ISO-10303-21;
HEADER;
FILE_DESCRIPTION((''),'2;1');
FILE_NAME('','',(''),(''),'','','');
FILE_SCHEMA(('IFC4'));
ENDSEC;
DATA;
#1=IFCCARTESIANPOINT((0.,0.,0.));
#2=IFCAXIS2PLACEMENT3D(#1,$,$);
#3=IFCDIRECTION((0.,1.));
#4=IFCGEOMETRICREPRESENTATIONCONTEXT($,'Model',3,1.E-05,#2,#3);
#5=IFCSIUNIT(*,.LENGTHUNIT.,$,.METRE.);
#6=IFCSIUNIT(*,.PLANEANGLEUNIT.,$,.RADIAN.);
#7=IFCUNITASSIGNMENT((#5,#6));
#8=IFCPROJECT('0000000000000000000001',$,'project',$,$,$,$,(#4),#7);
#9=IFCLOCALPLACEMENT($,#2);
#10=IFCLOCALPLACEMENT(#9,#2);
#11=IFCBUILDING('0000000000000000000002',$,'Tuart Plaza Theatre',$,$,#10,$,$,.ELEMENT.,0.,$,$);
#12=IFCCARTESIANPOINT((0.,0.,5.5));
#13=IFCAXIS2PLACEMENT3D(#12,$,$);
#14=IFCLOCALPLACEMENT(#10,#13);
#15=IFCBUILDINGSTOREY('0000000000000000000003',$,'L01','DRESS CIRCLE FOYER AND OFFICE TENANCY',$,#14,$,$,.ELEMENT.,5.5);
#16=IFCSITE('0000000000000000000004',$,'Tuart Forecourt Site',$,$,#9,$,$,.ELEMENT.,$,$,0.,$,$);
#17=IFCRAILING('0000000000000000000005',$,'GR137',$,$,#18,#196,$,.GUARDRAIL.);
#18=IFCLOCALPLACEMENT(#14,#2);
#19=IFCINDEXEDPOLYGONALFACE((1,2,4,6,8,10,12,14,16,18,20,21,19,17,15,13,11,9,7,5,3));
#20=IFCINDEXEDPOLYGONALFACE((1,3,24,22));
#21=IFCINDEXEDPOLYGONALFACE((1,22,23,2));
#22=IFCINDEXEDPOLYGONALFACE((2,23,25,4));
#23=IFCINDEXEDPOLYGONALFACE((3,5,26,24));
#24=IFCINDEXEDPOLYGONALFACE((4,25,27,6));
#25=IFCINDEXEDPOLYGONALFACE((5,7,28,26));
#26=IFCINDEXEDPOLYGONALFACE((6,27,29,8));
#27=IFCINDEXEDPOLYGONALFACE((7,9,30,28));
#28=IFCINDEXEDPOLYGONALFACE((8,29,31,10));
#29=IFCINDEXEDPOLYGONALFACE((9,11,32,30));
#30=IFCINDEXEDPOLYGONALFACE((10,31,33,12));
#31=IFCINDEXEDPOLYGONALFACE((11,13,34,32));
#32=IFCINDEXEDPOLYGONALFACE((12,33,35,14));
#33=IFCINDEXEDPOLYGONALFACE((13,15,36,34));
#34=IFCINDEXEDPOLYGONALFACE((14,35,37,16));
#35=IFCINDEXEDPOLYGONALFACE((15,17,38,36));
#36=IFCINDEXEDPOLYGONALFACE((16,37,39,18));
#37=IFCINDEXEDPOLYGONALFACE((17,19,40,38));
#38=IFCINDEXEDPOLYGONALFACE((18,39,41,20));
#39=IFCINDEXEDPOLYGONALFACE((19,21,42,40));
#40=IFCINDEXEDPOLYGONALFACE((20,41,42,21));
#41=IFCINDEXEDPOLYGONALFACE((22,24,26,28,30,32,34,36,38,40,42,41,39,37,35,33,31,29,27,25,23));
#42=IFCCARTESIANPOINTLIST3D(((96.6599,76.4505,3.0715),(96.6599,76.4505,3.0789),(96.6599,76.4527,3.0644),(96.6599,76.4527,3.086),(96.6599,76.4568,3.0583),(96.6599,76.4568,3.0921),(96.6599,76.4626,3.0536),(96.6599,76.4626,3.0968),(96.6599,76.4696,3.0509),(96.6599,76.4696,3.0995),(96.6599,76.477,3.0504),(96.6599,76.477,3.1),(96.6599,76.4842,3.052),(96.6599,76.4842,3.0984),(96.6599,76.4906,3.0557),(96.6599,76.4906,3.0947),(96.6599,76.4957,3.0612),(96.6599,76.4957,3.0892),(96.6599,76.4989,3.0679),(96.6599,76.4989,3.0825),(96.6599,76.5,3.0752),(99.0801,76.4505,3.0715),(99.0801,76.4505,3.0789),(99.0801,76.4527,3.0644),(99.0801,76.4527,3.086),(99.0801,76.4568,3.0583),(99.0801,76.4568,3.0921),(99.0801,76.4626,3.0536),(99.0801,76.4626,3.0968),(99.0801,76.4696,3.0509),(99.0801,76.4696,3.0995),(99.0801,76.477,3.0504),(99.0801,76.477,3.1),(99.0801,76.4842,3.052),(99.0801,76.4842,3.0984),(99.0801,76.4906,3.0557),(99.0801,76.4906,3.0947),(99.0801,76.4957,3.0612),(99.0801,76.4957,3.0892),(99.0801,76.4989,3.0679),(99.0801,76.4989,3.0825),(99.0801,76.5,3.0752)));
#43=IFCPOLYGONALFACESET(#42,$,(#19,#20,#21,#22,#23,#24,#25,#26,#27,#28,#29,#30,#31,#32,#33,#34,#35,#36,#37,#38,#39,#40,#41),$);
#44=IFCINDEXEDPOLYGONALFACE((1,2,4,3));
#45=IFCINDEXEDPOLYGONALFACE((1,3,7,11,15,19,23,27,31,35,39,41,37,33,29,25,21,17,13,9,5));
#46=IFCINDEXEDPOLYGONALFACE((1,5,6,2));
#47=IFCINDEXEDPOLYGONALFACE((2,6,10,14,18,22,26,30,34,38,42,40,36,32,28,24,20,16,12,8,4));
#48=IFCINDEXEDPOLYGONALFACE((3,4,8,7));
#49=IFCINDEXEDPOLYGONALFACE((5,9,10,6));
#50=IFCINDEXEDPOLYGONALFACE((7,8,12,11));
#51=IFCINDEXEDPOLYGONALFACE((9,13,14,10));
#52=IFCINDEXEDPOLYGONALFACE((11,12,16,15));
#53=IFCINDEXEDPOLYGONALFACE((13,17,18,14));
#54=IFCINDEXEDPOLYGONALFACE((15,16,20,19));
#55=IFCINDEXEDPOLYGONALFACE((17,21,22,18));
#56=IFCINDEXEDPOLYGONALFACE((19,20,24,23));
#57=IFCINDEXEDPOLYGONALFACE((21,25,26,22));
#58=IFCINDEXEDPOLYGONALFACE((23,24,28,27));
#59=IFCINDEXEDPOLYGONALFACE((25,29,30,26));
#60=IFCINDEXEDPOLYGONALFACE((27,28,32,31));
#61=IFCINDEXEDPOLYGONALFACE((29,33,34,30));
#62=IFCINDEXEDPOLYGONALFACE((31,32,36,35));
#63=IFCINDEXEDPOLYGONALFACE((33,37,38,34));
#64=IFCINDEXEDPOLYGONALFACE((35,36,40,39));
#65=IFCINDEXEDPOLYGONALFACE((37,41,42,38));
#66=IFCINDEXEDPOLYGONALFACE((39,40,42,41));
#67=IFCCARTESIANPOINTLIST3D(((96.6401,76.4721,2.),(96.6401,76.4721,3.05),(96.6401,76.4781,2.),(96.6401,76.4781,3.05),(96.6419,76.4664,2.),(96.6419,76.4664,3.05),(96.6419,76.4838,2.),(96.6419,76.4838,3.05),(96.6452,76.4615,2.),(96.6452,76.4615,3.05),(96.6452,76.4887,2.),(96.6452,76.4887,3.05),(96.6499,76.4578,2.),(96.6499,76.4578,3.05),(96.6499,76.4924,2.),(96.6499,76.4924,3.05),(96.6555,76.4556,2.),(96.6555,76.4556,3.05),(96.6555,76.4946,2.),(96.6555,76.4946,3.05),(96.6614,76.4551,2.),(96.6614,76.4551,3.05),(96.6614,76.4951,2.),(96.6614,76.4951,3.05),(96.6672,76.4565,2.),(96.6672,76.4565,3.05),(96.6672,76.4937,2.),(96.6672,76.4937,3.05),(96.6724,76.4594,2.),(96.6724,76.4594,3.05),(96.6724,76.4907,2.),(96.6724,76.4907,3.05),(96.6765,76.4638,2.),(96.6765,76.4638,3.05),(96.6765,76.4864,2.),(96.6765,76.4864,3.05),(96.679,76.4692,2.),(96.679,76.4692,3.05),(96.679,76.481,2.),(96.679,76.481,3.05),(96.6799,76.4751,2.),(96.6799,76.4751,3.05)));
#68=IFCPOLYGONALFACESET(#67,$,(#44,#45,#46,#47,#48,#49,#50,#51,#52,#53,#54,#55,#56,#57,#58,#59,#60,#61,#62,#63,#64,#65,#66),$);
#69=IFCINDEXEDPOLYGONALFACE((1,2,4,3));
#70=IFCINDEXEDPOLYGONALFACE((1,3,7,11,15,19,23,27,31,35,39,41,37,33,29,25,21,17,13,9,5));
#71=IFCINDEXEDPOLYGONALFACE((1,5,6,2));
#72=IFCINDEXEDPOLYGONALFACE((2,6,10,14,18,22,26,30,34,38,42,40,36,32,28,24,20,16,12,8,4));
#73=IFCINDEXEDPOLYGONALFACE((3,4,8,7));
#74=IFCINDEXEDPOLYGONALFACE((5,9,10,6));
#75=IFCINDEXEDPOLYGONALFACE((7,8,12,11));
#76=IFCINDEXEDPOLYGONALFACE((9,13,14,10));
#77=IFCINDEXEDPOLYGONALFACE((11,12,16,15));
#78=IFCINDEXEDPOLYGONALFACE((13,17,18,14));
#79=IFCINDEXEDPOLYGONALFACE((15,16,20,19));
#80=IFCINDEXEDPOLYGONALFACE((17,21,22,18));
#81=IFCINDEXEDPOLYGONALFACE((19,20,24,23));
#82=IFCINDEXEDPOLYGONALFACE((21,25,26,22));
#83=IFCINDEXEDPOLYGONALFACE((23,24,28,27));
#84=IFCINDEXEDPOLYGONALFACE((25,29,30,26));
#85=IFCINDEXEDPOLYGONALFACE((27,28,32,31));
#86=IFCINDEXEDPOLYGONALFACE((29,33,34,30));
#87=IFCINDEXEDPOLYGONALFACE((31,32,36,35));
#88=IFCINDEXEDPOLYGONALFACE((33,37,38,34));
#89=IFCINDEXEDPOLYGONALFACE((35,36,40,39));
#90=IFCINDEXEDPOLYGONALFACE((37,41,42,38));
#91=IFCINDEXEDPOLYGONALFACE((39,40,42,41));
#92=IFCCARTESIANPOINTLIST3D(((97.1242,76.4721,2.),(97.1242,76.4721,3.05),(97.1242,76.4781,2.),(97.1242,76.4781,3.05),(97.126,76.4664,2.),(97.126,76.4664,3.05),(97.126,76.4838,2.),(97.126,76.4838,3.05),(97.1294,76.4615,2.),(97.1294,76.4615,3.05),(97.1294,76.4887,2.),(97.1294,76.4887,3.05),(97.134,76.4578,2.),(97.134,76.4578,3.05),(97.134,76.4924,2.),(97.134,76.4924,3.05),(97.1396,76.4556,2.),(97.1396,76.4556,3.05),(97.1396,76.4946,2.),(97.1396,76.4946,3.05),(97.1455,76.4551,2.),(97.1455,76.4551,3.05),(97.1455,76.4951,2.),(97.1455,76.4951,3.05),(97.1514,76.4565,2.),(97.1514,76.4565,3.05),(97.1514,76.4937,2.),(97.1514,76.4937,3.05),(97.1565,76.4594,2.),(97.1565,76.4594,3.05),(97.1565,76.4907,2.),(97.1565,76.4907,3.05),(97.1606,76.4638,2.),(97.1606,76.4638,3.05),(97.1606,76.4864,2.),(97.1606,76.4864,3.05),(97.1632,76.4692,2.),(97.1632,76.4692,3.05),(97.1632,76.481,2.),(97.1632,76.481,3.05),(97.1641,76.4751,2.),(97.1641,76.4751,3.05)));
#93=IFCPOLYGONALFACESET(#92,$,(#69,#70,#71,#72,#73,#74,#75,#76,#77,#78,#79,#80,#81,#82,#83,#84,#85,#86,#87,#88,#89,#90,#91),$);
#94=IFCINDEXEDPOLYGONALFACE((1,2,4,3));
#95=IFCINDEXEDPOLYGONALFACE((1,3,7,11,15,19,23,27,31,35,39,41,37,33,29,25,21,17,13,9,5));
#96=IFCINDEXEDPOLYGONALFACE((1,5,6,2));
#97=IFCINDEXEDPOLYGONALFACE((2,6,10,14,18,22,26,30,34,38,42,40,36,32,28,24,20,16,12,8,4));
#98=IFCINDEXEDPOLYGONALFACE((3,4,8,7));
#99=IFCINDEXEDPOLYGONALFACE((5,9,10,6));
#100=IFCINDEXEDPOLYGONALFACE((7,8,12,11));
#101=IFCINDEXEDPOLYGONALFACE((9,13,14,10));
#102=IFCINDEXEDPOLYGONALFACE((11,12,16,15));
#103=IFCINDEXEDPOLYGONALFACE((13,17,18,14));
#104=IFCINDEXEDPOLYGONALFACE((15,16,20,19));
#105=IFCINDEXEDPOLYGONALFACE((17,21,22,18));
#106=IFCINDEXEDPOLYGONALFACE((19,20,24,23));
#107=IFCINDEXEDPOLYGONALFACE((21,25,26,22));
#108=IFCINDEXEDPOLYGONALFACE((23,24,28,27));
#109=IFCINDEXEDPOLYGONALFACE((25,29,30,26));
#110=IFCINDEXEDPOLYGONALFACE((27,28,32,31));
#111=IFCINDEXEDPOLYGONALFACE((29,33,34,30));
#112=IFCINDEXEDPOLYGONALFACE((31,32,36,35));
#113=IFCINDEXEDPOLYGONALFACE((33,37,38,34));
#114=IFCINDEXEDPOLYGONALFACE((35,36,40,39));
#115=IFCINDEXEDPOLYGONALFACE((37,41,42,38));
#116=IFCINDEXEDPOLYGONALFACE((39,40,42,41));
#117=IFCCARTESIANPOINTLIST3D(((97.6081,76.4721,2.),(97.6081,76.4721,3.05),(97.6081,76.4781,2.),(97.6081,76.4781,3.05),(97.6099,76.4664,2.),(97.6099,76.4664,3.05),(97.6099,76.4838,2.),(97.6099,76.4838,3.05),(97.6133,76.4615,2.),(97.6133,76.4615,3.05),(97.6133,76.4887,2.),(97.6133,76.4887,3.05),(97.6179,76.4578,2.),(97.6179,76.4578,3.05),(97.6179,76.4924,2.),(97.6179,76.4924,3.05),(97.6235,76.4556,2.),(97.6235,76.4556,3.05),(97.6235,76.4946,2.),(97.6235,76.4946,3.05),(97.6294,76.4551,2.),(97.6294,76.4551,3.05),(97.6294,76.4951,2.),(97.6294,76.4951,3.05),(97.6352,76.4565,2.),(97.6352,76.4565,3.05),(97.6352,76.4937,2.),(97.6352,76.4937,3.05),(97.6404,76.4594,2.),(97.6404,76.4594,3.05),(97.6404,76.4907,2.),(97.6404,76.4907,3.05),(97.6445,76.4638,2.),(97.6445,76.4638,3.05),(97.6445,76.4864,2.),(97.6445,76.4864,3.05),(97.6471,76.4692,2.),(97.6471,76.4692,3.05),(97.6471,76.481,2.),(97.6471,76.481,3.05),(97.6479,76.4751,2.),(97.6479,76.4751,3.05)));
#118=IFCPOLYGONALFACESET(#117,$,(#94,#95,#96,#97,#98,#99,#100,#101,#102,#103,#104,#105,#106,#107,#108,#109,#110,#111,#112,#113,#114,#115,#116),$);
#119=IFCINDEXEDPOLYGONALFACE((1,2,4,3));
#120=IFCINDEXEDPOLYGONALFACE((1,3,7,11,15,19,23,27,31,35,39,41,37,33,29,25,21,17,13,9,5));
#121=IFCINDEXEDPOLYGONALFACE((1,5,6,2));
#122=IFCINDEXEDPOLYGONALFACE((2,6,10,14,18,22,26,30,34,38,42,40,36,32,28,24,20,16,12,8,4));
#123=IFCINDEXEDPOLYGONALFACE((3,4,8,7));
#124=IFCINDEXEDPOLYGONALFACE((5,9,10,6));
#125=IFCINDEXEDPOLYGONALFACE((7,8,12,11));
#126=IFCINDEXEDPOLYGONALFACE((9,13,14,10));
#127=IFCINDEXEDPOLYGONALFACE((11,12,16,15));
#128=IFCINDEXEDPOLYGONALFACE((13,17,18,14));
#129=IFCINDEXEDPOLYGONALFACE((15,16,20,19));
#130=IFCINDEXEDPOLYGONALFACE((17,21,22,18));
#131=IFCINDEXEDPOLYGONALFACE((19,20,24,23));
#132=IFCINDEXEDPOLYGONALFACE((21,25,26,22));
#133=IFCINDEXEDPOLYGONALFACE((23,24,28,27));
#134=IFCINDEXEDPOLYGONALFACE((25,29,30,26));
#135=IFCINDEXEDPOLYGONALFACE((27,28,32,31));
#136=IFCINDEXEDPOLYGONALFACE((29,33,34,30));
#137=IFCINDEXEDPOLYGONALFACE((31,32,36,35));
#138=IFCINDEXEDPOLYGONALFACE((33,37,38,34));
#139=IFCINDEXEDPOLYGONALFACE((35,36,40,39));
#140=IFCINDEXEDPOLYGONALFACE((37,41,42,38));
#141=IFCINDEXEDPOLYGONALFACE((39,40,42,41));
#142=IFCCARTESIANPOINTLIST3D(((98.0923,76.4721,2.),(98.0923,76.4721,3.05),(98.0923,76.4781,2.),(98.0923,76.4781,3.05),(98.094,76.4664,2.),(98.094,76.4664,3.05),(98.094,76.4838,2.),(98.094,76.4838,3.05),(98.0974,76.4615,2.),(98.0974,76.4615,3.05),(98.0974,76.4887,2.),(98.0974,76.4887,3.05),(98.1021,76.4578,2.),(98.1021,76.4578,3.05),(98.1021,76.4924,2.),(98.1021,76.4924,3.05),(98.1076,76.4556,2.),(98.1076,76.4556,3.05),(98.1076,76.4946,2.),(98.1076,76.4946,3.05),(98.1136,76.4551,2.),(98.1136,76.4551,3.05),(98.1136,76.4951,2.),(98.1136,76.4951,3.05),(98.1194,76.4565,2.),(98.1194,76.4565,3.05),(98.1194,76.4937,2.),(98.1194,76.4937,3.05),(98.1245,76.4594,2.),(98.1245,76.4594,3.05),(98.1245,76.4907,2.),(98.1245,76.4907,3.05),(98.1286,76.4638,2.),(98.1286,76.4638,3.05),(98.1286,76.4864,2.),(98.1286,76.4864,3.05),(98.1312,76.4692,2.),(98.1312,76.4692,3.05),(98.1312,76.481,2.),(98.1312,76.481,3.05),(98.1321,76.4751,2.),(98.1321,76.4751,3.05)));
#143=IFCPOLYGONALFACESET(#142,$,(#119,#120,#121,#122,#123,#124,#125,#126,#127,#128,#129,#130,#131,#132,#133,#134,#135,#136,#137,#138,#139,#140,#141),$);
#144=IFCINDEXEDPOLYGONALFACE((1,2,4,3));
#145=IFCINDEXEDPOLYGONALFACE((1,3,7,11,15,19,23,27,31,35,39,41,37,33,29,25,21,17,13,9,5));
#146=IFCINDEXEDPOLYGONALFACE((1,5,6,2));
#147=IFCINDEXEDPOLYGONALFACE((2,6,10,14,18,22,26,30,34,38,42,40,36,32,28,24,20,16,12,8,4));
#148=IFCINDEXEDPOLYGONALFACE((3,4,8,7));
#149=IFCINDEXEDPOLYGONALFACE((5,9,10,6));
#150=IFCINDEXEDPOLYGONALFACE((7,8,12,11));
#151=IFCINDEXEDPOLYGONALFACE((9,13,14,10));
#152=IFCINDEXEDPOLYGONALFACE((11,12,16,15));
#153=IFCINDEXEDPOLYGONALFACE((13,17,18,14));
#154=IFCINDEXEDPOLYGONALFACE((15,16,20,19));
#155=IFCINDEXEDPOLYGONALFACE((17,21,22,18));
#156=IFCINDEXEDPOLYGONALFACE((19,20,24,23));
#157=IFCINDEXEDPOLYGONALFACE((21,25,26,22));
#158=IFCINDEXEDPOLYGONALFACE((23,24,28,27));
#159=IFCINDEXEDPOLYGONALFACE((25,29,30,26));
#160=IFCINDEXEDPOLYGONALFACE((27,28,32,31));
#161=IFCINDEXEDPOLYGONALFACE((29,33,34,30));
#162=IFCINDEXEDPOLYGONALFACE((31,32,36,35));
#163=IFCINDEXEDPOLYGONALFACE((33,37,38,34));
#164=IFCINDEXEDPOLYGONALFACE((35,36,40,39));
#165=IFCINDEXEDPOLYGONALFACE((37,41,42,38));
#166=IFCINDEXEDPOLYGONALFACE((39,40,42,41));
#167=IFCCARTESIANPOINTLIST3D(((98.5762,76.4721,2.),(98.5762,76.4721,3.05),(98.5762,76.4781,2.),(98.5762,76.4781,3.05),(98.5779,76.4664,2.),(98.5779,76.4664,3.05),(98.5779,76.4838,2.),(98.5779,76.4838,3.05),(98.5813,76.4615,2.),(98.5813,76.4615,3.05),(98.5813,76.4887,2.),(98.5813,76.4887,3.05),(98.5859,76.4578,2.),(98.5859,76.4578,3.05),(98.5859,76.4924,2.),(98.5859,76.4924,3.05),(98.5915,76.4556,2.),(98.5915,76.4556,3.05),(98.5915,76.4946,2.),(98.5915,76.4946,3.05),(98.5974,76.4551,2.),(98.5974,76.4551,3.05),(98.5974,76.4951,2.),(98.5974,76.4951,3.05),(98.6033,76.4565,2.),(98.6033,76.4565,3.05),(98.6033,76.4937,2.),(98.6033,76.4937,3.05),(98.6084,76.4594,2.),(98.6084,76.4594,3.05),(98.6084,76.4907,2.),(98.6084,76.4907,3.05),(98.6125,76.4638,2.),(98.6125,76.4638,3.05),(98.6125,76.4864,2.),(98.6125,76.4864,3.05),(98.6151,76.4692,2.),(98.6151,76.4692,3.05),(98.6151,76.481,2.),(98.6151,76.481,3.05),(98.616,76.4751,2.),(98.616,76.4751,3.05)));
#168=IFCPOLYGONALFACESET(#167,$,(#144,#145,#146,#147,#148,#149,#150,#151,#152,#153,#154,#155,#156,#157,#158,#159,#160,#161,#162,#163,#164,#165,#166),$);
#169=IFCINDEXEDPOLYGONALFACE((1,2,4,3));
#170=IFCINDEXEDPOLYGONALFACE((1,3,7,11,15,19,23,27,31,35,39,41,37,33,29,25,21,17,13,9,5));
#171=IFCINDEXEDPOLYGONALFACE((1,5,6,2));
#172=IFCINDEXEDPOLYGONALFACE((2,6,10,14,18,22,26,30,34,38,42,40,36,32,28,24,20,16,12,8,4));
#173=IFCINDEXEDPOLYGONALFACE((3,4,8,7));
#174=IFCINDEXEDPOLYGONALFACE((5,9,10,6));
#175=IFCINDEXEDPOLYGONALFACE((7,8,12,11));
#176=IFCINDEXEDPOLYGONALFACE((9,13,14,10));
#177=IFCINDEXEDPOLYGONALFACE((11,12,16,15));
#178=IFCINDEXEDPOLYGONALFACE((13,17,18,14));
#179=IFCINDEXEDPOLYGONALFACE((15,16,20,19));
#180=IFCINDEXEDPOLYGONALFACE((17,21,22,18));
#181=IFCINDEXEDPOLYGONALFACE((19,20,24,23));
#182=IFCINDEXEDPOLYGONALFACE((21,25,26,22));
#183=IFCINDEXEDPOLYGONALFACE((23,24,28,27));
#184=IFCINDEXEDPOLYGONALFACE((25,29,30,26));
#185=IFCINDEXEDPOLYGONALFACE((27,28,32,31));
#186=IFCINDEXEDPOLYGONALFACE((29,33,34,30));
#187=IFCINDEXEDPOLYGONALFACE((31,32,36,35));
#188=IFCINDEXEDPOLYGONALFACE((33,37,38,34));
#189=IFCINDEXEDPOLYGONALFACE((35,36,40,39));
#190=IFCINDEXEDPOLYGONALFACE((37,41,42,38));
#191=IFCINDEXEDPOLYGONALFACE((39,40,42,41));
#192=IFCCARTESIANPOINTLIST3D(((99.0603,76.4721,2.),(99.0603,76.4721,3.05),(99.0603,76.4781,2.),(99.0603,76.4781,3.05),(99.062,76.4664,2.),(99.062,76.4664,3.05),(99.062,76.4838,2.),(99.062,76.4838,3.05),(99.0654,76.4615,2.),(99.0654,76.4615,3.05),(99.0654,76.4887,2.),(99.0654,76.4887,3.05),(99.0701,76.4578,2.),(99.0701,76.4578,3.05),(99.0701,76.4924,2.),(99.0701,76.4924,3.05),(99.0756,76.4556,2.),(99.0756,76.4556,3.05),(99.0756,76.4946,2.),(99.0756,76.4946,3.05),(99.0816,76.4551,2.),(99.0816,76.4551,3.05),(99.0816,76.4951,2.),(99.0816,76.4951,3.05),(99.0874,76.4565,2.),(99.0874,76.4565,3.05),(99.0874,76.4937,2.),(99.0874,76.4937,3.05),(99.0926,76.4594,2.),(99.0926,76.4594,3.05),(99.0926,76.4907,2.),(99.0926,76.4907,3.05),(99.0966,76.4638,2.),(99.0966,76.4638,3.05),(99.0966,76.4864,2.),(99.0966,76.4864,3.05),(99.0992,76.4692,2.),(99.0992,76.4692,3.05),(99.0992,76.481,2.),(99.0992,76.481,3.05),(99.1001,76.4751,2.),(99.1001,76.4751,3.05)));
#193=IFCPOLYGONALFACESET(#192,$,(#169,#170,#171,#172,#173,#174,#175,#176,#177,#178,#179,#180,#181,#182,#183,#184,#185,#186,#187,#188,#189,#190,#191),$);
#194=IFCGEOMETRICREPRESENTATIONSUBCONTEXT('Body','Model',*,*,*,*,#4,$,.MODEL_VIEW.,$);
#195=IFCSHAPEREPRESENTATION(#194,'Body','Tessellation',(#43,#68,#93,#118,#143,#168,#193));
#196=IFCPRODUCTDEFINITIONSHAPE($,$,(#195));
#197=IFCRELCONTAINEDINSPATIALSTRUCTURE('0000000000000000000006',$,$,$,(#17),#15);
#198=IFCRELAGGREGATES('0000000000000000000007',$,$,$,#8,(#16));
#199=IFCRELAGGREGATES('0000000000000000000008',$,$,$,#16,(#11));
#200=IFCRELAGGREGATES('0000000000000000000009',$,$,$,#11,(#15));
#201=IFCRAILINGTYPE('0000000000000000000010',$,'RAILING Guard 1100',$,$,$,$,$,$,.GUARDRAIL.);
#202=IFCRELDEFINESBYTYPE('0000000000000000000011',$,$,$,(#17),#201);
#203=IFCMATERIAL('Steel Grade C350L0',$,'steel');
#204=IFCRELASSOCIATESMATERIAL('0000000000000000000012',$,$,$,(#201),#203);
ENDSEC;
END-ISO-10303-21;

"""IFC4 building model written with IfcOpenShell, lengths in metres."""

from ifc_helpers import new_model, si_unit, direction, frame, origin, origin_2d, place, context, subcontext, project, spatial, circle, extrude, material, type_object, element, save


model = new_model("IFC4")

# Units and contexts
model_context = context("Model", 3, precision=1e-05, world=origin(), true_north=direction((0.0, 1.0)))
body_context = subcontext(model_context, "Body", "Model", "MODEL_VIEW")
ifc_project = project(units=[si_unit("LENGTHUNIT", "METRE"), si_unit("PLANEANGLEUNIT", "RADIAN")], contexts=[model_context])

# Site, building, storey
site_placement = place(None, origin())
site = spatial("IfcSite", under=ifc_project, at=site_placement, Name="Tuart Forecourt Site", CompositionType="ELEMENT", RefElevation=0.0)
building_placement = place(site_placement, origin())
building = spatial("IfcBuilding", under=site, at=building_placement, Name="Tuart Plaza Theatre", CompositionType="ELEMENT", ElevationOfRefHeight=0.0)
storey_placement = place(building_placement, frame((0.0, 0.0, 5.5)))
storey = spatial("IfcBuildingStorey", under=building, at=storey_placement, Name="L01", Description="DRESS CIRCLE FOYER AND OFFICE TENANCY", CompositionType="ELEMENT", Elevation=5.5)

# Railing
ifc_material_1 = material(Name="Steel Grade C350L0", Category="steel")
railing_type_1 = type_object("IfcRailingType", Name="RAILING Guard 1100", PredefinedType="GUARDRAIL", material=ifc_material_1)
railing_1_placement = place(storey_placement, frame((96.6599, 76.4751, 2.0)))
element("IfcRailing", 1, at=railing_1_placement, inside=storey, type_object=railing_type_1, Name="GR137", PredefinedType="GUARDRAIL", context=body_context, shape_type="SweptSolid", body=[
    extrude(circle(Radius=0.0249, at=origin_2d()), frame((0.0, 0.0, 1.0752), z_axis=(1.0, 0.0, 0.0), x_axis=(0.0, 1.0, 0.0)), (0.0, 0.0, 1.0), 2.4202),
    extrude(circle(Radius=0.02, at=origin_2d()), origin(), (0.0, 0.0, 1.0), 1.05),
    extrude(circle(Radius=0.02, at=origin_2d()), frame((0.4841, 0.0, 0.0)), (0.0, 0.0, 1.0), 1.05),
    extrude(circle(Radius=0.02, at=origin_2d()), frame((0.968, 0.0, 0.0)), (0.0, 0.0, 1.0), 1.05),
    extrude(circle(Radius=0.02, at=origin_2d()), frame((1.4521, 0.0, 0.0)), (0.0, 0.0, 1.0), 1.05),
    extrude(circle(Radius=0.02, at=origin_2d()), frame((1.936, 0.0, 0.0)), (0.0, 0.0, 1.0), 1.05),
    extrude(circle(Radius=0.02, at=origin_2d()), frame((2.4202, 0.0, 0.0)), (0.0, 0.0, 1.0), 1.05),
])

save(model, "model.ifc")
